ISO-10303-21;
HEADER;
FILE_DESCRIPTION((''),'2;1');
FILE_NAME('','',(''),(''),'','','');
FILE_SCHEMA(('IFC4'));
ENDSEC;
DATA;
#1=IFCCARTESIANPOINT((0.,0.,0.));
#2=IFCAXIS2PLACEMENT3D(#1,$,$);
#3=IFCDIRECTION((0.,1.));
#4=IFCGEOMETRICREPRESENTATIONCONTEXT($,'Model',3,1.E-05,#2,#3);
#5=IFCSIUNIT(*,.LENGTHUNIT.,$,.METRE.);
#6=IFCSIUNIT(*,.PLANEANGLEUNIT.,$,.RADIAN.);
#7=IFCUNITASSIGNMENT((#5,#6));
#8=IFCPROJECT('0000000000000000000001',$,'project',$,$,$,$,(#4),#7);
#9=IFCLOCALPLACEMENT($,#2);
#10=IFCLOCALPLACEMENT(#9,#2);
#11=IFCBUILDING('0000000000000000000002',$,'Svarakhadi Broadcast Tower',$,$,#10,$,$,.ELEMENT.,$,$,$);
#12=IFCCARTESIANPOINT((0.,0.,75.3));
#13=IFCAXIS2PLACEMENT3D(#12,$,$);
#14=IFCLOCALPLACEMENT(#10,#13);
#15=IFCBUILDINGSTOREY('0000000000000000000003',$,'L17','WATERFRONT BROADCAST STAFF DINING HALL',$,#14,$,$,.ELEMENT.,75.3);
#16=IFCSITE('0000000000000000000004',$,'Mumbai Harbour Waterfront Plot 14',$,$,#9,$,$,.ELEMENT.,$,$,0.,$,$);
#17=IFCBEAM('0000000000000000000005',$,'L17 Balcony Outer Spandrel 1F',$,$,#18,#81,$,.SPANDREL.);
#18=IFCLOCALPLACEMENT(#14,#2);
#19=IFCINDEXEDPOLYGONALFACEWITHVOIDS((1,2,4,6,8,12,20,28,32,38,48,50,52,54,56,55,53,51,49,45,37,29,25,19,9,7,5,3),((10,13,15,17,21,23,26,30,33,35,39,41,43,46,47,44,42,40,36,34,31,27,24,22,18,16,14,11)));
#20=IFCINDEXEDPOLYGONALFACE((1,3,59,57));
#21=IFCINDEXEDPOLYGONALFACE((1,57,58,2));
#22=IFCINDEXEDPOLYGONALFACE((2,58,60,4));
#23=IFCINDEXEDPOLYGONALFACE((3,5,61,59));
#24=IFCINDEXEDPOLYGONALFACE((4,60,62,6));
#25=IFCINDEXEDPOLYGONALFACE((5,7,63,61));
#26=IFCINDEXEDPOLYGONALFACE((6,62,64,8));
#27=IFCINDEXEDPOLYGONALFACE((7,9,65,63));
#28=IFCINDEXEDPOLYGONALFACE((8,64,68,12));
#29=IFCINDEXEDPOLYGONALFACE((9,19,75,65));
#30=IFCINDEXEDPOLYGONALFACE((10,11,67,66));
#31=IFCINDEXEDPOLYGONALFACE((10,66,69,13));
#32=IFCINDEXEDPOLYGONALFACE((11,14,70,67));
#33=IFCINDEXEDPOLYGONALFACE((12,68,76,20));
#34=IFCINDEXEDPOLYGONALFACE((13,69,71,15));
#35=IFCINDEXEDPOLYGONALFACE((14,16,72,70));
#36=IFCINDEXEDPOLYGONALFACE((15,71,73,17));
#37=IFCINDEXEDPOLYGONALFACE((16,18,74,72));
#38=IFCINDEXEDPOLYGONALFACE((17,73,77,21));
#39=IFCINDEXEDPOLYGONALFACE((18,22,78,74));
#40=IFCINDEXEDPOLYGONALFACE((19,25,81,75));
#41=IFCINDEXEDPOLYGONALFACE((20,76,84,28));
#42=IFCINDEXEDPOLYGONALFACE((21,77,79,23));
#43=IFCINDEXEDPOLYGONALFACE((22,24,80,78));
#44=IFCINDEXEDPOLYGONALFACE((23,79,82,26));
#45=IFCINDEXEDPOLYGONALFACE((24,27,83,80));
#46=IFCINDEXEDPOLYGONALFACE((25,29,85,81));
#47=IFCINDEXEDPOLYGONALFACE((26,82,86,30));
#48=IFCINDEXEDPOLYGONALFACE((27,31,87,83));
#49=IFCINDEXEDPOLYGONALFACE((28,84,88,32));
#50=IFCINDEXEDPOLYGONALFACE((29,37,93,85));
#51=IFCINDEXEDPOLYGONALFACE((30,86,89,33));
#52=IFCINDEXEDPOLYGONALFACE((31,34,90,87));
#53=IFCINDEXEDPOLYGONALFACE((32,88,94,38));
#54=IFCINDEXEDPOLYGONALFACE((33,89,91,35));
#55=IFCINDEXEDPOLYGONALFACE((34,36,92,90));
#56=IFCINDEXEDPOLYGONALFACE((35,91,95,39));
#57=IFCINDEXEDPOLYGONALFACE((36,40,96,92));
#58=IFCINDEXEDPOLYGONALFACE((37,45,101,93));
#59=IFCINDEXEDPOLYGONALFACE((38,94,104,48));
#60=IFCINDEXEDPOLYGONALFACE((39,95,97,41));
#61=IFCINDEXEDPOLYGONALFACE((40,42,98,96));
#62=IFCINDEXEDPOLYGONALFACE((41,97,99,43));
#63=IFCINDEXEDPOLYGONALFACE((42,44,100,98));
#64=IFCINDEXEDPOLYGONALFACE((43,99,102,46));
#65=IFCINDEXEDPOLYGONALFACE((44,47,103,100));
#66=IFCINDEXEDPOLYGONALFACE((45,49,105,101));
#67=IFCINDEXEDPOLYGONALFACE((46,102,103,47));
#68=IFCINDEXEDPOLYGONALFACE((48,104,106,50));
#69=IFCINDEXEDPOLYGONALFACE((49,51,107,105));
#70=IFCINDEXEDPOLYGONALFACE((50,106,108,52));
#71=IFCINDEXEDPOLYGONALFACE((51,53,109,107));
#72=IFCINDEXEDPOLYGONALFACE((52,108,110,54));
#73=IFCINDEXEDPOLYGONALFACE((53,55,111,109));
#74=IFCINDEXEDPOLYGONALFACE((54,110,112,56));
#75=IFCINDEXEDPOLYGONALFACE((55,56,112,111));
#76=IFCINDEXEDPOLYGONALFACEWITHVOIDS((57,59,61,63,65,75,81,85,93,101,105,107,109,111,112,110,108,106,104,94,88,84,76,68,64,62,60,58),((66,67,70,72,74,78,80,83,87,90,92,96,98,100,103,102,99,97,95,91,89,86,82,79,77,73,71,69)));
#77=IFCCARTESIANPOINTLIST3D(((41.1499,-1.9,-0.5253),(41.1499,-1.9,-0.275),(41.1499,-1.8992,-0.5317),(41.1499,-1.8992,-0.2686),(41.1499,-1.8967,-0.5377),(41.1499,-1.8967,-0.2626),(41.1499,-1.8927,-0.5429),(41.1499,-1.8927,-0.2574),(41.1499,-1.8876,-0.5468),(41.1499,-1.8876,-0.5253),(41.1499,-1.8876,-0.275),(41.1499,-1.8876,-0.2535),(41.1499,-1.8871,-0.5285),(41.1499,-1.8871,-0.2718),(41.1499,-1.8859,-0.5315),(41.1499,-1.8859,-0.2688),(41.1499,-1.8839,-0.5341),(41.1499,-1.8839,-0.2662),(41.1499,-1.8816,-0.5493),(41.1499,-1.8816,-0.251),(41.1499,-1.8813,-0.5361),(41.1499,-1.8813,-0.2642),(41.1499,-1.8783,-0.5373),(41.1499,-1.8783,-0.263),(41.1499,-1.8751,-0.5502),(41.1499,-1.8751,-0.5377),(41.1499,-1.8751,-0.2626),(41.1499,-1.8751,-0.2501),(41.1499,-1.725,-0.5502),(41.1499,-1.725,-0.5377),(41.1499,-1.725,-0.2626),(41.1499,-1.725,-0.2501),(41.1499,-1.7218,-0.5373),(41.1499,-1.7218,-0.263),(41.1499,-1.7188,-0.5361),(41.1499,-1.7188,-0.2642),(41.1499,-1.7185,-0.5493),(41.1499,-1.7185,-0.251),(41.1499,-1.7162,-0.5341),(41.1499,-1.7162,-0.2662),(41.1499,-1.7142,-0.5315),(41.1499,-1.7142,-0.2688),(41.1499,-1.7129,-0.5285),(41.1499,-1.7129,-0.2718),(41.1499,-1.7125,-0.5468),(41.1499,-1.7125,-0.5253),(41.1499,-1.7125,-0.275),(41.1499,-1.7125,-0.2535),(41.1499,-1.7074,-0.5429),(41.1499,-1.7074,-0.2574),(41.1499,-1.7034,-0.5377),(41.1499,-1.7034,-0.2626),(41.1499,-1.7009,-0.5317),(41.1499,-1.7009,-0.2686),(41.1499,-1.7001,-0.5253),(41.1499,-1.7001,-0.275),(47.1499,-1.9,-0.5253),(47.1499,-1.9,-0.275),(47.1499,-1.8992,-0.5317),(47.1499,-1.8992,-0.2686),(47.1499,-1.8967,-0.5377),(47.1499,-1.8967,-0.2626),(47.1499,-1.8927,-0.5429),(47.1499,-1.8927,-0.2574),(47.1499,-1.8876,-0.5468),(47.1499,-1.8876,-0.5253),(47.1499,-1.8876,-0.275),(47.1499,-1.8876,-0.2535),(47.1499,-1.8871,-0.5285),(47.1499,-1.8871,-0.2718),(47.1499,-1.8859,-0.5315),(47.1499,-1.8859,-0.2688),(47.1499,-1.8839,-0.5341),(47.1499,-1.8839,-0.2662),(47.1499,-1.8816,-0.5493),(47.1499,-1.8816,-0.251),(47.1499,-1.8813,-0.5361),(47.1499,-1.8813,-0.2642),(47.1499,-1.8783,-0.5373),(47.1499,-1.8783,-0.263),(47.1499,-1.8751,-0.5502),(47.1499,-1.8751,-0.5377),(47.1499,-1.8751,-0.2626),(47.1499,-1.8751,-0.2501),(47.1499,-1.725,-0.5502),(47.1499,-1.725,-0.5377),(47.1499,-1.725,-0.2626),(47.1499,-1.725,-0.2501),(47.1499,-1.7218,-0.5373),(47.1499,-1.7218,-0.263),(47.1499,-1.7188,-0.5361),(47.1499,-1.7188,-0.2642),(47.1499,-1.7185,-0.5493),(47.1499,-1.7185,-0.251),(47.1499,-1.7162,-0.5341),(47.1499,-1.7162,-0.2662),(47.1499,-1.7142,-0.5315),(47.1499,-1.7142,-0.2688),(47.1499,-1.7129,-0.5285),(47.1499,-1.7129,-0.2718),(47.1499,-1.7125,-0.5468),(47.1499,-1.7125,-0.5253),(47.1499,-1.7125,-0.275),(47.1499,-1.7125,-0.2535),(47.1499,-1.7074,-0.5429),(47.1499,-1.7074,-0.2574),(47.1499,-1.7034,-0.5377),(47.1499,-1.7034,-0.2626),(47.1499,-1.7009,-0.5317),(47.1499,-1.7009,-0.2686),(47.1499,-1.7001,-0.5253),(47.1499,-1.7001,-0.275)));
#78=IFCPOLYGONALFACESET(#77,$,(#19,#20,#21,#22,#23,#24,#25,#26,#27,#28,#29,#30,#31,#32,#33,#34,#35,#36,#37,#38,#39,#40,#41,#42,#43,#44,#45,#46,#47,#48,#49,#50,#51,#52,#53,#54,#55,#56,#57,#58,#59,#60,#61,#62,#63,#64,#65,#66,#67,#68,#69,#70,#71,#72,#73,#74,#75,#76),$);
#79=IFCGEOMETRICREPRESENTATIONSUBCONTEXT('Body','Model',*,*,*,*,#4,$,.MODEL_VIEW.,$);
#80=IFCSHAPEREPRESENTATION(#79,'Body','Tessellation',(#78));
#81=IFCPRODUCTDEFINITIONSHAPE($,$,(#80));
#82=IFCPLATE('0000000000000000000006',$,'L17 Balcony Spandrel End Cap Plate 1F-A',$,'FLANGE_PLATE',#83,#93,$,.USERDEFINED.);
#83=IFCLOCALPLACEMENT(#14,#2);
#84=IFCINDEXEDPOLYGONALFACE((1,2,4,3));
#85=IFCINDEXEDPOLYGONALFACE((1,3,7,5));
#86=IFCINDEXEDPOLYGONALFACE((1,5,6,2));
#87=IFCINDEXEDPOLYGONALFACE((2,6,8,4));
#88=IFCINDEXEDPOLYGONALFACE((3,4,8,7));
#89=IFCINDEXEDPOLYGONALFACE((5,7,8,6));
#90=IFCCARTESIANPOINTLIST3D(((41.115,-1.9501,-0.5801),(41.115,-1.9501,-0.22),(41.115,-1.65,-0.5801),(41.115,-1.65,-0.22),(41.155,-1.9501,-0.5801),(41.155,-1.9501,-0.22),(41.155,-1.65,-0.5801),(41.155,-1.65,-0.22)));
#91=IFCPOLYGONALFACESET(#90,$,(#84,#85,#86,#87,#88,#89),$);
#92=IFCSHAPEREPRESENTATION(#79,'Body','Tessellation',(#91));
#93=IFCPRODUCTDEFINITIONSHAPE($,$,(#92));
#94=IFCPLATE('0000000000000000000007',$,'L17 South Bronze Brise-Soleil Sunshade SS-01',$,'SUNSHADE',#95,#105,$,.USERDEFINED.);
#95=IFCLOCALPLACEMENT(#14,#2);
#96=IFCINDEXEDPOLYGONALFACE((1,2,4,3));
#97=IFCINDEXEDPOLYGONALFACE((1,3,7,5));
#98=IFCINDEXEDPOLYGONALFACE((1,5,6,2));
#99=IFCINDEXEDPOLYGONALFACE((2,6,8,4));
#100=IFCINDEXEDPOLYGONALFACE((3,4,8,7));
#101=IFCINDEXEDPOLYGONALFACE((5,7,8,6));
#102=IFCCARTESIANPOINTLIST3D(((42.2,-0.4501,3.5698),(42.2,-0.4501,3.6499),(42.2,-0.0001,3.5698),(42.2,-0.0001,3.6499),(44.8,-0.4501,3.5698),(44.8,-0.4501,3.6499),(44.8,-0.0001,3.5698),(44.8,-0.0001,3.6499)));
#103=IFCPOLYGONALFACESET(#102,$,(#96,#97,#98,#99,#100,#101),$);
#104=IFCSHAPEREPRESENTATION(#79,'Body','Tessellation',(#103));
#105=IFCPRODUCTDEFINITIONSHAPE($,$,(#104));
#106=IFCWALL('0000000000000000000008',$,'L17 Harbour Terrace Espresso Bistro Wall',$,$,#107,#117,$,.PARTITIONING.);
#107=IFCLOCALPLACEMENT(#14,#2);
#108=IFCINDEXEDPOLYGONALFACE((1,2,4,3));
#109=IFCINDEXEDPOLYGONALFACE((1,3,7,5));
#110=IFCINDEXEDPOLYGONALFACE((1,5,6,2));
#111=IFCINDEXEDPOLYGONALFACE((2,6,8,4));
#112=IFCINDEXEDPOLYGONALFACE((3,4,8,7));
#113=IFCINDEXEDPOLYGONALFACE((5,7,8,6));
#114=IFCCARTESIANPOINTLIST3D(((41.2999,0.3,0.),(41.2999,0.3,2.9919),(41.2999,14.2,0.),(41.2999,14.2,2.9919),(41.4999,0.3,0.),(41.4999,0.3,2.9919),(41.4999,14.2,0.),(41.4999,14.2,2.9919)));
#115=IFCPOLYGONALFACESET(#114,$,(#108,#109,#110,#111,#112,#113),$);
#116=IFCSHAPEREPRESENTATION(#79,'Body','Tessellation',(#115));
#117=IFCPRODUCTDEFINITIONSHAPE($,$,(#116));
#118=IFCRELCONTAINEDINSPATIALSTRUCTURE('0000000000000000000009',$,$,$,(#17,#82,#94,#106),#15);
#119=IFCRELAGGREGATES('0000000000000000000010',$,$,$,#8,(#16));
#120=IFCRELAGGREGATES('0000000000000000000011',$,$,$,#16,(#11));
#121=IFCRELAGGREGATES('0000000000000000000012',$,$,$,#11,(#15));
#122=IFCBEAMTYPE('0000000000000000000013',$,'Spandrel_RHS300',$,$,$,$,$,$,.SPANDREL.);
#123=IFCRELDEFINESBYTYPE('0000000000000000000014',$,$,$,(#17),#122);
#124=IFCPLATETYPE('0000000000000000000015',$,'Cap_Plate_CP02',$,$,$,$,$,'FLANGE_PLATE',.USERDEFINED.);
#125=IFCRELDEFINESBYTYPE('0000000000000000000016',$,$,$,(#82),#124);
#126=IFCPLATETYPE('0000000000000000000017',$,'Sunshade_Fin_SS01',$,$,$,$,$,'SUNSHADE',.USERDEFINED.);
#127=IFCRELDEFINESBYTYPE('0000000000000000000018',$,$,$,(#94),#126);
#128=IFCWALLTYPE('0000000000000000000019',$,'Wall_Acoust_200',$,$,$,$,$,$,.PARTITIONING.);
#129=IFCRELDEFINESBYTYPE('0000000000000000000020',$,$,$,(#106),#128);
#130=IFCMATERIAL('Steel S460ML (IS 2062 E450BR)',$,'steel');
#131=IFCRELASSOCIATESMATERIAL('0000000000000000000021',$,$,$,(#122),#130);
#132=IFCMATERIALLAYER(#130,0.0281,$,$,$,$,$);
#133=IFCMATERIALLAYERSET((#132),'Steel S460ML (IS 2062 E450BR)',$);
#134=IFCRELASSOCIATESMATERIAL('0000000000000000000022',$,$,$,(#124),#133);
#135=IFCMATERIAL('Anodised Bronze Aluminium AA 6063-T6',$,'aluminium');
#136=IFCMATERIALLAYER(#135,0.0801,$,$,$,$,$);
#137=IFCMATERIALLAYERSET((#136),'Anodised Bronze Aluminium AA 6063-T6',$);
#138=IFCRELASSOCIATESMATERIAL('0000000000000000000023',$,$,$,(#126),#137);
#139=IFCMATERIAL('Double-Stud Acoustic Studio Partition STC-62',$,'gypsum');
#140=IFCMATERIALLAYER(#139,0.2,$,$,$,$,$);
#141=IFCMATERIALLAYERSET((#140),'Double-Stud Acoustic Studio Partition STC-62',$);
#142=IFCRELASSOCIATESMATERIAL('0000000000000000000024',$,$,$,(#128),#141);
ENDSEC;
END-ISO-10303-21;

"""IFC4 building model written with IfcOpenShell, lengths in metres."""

from ifc_helpers import new_model, si_unit, direction, frame, frame_2d, origin, origin_2d, place, context, subcontext, project, spatial, rectangle, hollow_rectangle, extrude, material, layer, layer_set, material_profile, profile_set, type_object, element, save


model = new_model("IFC4")

# Units and contexts
model_context = context("Model", 3, precision=1e-05, world=origin(), true_north=direction((0.0, 1.0)))
body_context = subcontext(model_context, "Body", "Model", "MODEL_VIEW")
ifc_project = project(units=[si_unit("LENGTHUNIT", "METRE"), si_unit("PLANEANGLEUNIT", "RADIAN")], contexts=[model_context])

# Site, building, storey
site_placement = place(None, origin())
site = spatial("IfcSite", under=ifc_project, at=site_placement, Name="Mumbai Harbour Waterfront Plot 14", CompositionType="ELEMENT", RefElevation=0.0)
building_placement = place(site_placement, origin())
building = spatial("IfcBuilding", under=site, at=building_placement, Name="Svarakhadi Broadcast Tower", CompositionType="ELEMENT")
storey_placement = place(building_placement, frame((0.0, 0.0, 75.3)))
storey = spatial("IfcBuildingStorey", under=building, at=storey_placement, Name="L17", Description="WATERFRONT BROADCAST STAFF DINING HALL", CompositionType="ELEMENT", Elevation=75.3)

# Shared definitions
ifc_material_1 = material(Name="Steel S460ML (IS 2062 E450BR)", Category="steel")

# Beam
ifc_material_profile_1 = material_profile(ifc_material_1, hollow_rectangle(XDim=0.2, YDim=0.3, WallThickness=0.0125, InnerFilletRadius=0.0125, OuterFilletRadius=0.0249, at=origin_2d()), Name="RHS 300x200x12.5")
ifc_profile_set_1 = profile_set([ifc_material_profile_1], Name="Steel S460ML (IS 2062 E450BR)")
beam_type_1 = type_object("IfcBeamType", Name="Spandrel_RHS300", PredefinedType="SPANDREL", material=ifc_profile_set_1)
beam_1_placement = place(storey_placement, frame((41.1499, -1.8, -0.4001), z_axis=(1.0, 0.0, 0.0), x_axis=(0.0, 1.0, 0.0)))
element("IfcBeam", 1, at=beam_1_placement, inside=storey, type_object=beam_type_1, Name="L17 Balcony Outer Spandrel 1F", PredefinedType="SPANDREL", context=body_context, shape_type="SweptSolid", body=[
    extrude(hollow_rectangle(XDim=0.2, YDim=0.3, WallThickness=0.0125, InnerFilletRadius=0.0125, OuterFilletRadius=0.0249, at=origin_2d()), origin(), (0.0, 0.0, 1.0), 6.0),
])

# Plates
ifc_layer_1 = layer(ifc_material_1, 0.0281)
ifc_layer_set_1 = layer_set([ifc_layer_1], Name="Steel S460ML (IS 2062 E450BR)")
plate_type_1 = type_object("IfcPlateType", Name="Cap_Plate_CP02", ElementType="FLANGE_PLATE", PredefinedType="USERDEFINED", material=ifc_layer_set_1)
plate_1_placement = place(storey_placement, frame((41.135, -1.8, -0.5801), z_axis=(0.0, 0.0, 1.0), x_axis=(1.0, 0.0, 0.0)))
element("IfcPlate", 2, at=plate_1_placement, inside=storey, type_object=plate_type_1, Name="L17 Balcony Spandrel End Cap Plate 1F-A", ObjectType="FLANGE_PLATE", PredefinedType="USERDEFINED", context=body_context, shape_type="SweptSolid", body=[
    extrude(rectangle(XDim=0.04, YDim=0.3, at=origin_2d()), origin(), (0.0, 0.0, 1.0), 0.3601),
])
ifc_material_2 = material(Name="Anodised Bronze Aluminium AA 6063-T6", Category="aluminium")
ifc_layer_2 = layer(ifc_material_2, 0.0801)
ifc_layer_set_2 = layer_set([ifc_layer_2], Name="Anodised Bronze Aluminium AA 6063-T6")
plate_type_2 = type_object("IfcPlateType", Name="Sunshade_Fin_SS01", ElementType="SUNSHADE", PredefinedType="USERDEFINED", material=ifc_layer_set_2)
plate_2_placement = place(storey_placement, frame((43.5, -0.2251, 3.5698), z_axis=(0.0, 0.0, 1.0), x_axis=(1.0, 0.0, 0.0)))
element("IfcPlate", 3, at=plate_2_placement, inside=storey, type_object=plate_type_2, Name="L17 South Bronze Brise-Soleil Sunshade SS-01", ObjectType="SUNSHADE", PredefinedType="USERDEFINED", context=body_context, shape_type="SweptSolid", body=[
    extrude(rectangle(XDim=2.6001, YDim=0.45, at=origin_2d()), origin(), (0.0, 0.0, 1.0), 0.0801),
])

# Wall
ifc_material_3 = material(Name="Double-Stud Acoustic Studio Partition STC-62", Category="gypsum")
ifc_layer_3 = layer(ifc_material_3, 0.2)
ifc_layer_set_3 = layer_set([ifc_layer_3], Name="Double-Stud Acoustic Studio Partition STC-62")
wall_type = type_object("IfcWallType", Name="Wall_Acoust_200", PredefinedType="PARTITIONING", material=ifc_layer_set_3)
wall_placement = place(storey_placement, frame((41.3999, 0.3, 0.0), z_axis=(0.0, 0.0, 1.0), x_axis=(0.0, 1.0, 0.0)))
element("IfcWall", 4, at=wall_placement, inside=storey, type_object=wall_type, Name="L17 Harbour Terrace Espresso Bistro Wall", PredefinedType="PARTITIONING", context=body_context, shape_type="SweptSolid", body=[
    extrude(rectangle(XDim=13.8999, YDim=0.2, at=frame_2d((6.95, 0.0))), origin(), (0.0, 0.0, 1.0), 2.9919),
])

save(model, "model.ifc")
